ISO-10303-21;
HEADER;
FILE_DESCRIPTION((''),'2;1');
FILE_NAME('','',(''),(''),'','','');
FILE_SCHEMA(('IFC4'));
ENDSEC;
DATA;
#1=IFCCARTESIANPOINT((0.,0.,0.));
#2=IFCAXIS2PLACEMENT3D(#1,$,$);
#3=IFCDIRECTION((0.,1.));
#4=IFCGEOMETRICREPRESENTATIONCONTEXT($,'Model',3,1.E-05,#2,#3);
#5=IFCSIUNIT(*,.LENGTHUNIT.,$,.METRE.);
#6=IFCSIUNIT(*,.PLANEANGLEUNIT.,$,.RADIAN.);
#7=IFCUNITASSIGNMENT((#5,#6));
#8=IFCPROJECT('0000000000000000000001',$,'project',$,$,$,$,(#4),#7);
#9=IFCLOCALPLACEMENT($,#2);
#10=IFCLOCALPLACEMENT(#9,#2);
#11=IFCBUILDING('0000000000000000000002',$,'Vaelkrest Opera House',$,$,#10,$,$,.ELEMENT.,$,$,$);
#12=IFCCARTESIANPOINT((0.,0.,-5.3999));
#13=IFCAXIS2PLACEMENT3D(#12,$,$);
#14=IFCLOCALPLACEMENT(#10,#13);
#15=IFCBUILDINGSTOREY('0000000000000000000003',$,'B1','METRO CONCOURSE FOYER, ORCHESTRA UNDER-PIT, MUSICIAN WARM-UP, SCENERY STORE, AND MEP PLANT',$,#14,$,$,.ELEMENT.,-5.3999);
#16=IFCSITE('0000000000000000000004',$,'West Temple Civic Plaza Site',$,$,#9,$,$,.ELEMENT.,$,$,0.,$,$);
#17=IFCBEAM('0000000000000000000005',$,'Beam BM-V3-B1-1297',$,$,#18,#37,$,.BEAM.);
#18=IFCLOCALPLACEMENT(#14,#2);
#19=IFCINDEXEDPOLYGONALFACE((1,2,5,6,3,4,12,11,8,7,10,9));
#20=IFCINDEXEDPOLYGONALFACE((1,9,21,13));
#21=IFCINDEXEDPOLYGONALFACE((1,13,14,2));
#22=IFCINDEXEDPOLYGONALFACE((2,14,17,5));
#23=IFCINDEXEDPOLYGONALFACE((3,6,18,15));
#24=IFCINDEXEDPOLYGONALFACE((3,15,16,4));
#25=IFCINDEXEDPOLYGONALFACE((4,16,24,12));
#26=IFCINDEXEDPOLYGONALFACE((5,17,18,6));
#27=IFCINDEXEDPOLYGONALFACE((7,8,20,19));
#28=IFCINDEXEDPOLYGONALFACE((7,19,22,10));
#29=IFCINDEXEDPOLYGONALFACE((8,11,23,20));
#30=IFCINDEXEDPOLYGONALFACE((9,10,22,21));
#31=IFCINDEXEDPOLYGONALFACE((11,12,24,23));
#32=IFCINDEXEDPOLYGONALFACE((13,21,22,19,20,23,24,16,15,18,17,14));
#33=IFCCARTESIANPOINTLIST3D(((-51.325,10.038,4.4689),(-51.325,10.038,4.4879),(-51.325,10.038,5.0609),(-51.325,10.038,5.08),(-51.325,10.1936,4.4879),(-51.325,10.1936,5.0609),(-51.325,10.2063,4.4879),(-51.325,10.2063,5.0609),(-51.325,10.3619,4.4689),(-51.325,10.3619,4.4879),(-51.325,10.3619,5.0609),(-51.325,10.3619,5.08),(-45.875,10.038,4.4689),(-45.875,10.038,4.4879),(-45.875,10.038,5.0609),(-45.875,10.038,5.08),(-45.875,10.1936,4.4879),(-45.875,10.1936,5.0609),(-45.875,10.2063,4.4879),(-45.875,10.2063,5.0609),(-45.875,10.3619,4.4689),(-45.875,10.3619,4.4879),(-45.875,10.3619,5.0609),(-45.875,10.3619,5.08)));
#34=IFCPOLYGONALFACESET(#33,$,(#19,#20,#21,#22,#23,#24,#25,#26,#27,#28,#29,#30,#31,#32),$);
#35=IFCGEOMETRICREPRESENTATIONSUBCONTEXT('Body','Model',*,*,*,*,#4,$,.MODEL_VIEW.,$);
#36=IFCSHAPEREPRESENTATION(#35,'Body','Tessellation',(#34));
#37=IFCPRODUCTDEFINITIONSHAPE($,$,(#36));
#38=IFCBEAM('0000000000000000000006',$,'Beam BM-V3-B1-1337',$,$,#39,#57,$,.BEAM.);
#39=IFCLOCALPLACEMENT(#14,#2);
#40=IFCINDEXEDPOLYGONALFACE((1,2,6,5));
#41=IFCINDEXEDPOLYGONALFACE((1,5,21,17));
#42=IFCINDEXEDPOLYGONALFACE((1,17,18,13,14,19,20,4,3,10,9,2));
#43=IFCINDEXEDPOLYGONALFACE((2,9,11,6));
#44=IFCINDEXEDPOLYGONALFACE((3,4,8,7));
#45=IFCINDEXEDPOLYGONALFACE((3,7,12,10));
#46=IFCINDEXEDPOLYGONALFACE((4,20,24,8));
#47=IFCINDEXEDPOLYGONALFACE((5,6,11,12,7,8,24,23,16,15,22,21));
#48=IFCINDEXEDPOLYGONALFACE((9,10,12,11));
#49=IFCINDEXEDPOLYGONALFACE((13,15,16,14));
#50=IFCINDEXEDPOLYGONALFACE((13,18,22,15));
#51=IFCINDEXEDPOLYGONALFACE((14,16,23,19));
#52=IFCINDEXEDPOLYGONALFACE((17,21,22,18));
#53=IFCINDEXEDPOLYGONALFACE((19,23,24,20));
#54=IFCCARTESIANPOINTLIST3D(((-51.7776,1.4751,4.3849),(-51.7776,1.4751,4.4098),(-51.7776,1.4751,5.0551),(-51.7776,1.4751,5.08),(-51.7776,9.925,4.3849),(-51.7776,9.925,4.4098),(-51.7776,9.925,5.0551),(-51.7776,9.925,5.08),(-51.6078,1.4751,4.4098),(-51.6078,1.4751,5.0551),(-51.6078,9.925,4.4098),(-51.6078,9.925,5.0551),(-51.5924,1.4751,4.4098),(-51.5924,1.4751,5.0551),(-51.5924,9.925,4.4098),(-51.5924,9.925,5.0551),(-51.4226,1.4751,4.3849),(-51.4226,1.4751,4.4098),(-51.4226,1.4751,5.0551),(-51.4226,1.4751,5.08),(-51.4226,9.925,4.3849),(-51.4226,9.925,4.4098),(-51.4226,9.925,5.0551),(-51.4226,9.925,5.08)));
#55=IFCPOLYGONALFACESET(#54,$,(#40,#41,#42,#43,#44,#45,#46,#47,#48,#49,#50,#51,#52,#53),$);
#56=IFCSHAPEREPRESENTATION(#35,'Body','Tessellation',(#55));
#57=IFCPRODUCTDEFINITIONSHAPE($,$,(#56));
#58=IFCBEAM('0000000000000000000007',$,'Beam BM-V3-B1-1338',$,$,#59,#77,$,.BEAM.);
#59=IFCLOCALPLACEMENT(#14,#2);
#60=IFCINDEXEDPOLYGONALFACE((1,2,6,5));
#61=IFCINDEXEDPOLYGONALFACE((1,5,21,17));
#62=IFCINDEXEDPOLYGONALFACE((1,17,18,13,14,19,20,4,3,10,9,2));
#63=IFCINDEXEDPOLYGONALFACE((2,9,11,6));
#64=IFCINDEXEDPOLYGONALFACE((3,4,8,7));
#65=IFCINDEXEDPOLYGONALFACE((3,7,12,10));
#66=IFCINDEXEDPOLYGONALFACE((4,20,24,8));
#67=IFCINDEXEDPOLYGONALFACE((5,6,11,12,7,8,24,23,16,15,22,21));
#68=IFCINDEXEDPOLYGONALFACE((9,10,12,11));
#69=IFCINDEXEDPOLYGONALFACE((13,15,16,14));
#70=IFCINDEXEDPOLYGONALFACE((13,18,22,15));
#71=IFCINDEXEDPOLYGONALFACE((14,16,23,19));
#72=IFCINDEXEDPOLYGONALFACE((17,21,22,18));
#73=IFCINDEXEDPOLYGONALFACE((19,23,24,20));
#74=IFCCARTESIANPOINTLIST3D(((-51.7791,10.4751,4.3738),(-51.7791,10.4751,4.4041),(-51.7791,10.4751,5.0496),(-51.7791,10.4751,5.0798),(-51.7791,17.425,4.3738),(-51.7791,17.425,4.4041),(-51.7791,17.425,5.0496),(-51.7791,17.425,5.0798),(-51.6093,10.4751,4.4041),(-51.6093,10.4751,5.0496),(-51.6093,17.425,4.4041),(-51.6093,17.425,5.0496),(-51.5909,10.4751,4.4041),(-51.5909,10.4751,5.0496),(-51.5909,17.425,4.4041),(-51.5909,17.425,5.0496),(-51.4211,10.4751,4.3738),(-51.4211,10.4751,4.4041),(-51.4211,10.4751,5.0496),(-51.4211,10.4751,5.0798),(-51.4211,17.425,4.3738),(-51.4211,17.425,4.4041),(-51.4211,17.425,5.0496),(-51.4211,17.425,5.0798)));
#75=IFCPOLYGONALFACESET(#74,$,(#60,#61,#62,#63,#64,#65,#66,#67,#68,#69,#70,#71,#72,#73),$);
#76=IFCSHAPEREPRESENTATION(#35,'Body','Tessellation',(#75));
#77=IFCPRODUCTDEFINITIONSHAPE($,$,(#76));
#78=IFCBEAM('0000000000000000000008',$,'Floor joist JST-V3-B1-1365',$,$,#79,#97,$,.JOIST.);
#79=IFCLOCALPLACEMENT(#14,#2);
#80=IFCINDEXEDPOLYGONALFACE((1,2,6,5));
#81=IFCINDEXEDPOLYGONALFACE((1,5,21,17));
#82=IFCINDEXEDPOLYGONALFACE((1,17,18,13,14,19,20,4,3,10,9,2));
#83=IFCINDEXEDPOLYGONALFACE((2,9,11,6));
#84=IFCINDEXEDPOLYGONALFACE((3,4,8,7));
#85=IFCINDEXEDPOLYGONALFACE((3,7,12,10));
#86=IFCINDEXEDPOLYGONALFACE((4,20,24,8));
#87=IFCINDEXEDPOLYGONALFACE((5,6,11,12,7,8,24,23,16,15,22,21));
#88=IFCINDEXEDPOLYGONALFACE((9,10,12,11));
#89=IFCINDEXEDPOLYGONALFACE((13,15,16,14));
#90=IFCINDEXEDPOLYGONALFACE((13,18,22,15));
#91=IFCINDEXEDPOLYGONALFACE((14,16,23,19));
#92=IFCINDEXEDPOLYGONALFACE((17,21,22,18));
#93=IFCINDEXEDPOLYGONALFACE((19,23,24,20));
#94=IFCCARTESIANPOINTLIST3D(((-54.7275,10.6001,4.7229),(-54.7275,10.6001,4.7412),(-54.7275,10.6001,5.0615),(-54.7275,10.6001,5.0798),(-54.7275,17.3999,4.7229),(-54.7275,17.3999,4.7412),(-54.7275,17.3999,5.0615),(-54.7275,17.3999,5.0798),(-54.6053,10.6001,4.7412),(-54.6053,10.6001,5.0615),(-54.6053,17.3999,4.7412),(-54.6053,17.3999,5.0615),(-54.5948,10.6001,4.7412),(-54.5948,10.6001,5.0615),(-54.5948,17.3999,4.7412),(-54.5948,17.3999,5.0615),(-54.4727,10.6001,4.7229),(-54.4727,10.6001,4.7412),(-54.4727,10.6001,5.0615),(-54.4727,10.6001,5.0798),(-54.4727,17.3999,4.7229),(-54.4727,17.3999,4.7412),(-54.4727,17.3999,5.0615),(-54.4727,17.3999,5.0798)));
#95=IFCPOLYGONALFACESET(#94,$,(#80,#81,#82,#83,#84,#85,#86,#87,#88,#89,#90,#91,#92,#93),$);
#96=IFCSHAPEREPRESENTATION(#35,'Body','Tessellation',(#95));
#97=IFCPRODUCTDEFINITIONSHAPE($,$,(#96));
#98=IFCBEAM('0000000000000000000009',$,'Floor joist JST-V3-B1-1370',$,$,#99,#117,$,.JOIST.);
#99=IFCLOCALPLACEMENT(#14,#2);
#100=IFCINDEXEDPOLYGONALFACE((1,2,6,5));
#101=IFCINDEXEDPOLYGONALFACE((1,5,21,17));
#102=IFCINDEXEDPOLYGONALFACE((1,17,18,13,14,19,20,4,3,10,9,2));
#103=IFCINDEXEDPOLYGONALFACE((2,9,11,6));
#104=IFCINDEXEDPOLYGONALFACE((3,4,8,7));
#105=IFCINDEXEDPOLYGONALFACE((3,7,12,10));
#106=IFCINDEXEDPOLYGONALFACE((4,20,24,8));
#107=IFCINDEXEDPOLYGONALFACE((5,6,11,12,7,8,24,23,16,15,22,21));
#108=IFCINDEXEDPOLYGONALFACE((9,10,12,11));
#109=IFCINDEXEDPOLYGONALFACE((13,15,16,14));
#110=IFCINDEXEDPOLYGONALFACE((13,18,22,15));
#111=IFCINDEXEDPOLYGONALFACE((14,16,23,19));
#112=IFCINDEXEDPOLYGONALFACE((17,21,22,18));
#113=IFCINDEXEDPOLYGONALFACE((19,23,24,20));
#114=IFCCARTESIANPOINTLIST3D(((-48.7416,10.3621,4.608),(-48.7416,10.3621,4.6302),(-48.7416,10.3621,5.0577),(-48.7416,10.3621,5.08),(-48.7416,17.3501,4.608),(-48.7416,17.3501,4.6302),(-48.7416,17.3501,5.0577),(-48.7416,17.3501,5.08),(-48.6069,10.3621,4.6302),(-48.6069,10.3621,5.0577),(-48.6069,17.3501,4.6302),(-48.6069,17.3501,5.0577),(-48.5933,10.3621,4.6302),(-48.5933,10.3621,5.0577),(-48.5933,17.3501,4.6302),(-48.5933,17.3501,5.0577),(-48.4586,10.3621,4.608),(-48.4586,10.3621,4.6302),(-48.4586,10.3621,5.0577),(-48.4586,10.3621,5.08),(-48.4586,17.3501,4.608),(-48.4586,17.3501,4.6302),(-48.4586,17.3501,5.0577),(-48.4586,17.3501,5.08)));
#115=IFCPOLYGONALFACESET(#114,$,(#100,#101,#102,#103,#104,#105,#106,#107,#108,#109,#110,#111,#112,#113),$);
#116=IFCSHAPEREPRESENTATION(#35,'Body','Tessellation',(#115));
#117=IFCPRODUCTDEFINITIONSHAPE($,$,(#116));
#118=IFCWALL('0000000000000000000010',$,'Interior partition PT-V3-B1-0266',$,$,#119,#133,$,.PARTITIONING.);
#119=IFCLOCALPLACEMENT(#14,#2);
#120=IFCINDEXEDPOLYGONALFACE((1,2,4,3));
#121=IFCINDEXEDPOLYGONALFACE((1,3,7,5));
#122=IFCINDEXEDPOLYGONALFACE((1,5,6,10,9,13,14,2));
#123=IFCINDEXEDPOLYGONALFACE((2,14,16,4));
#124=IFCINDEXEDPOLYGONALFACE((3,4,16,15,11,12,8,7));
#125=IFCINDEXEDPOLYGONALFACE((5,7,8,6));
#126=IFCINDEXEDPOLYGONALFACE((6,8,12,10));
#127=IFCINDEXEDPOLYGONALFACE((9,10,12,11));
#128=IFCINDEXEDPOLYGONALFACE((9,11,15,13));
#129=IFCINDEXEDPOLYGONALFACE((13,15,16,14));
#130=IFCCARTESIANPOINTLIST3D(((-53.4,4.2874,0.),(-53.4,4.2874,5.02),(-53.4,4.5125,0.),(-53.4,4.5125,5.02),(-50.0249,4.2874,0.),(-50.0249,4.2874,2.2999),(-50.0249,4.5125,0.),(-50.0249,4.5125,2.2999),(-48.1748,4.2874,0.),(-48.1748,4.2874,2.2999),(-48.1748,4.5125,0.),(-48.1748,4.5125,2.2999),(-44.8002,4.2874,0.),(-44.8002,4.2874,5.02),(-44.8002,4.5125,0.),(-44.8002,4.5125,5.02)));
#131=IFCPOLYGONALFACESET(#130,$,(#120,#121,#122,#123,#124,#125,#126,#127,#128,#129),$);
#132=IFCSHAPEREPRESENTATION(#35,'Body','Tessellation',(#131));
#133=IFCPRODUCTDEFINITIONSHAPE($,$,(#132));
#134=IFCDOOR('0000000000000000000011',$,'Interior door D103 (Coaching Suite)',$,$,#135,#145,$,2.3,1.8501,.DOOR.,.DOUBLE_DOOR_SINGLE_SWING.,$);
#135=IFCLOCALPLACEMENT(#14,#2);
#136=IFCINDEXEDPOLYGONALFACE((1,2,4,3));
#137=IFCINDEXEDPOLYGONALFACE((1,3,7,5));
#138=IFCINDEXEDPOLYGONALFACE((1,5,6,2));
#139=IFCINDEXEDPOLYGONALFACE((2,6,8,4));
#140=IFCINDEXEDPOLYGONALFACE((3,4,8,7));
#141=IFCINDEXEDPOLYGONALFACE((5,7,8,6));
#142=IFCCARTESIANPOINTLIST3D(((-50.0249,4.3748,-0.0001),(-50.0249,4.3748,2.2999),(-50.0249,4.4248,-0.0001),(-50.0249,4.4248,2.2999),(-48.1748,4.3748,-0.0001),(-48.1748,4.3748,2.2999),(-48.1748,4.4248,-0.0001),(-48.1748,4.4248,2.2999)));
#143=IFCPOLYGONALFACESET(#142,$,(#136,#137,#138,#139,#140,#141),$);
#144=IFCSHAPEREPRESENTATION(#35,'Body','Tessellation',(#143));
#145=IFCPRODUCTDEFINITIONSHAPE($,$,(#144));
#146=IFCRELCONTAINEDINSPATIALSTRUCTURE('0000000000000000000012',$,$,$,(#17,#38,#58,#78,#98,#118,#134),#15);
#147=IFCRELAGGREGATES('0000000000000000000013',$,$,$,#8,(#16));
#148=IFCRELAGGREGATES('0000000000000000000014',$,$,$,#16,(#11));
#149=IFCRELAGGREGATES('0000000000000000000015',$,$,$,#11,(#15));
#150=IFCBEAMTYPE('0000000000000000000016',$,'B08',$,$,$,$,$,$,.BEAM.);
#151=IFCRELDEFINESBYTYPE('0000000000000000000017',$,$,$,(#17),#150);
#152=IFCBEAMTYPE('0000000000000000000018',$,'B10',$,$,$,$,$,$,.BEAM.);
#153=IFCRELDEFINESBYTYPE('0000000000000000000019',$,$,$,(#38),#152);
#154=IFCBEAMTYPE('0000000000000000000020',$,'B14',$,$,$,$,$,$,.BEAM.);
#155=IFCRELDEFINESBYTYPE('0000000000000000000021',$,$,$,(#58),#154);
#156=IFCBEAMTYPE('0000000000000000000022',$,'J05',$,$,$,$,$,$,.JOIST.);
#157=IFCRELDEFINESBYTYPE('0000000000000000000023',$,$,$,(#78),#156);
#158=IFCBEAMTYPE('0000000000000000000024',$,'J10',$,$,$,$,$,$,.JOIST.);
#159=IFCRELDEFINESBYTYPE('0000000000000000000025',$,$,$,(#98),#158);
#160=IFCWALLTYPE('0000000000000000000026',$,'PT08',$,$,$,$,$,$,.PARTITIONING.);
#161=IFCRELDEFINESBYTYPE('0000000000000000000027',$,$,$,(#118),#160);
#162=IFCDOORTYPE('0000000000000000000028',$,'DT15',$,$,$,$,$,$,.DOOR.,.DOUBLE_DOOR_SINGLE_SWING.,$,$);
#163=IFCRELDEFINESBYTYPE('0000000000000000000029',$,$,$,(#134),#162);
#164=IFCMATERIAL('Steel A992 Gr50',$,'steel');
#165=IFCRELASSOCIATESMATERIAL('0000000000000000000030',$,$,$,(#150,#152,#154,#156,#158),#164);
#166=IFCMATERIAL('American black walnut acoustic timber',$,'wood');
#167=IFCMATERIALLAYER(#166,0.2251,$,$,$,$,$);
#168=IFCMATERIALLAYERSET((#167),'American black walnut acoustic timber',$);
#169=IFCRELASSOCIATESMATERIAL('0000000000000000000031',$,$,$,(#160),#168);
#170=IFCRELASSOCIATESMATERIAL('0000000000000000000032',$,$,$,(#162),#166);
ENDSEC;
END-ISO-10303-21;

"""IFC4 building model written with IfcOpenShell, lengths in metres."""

from ifc_helpers import new_model, si_unit, direction, frame, frame_2d, origin, origin_2d, place, context, subcontext, project, spatial, rectangle, i_section, extrude, material, layer, layer_set, material_profile, profile_set, type_object, element, fill, save


model = new_model("IFC4")

# Units and contexts
model_context = context("Model", 3, precision=1e-05, world=origin(), true_north=direction((0.0, 1.0)))
body_context = subcontext(model_context, "Body", "Model", "MODEL_VIEW")
ifc_project = project(units=[si_unit("LENGTHUNIT", "METRE"), si_unit("PLANEANGLEUNIT", "RADIAN")], contexts=[model_context])

# Site, building, storey
site_placement = place(None, origin())
site = spatial("IfcSite", under=ifc_project, at=site_placement, Name="West Temple Civic Plaza Site", CompositionType="ELEMENT", RefElevation=0.0)
building_placement = place(site_placement, origin())
building = spatial("IfcBuilding", under=site, at=building_placement, Name="Vaelkrest Opera House", CompositionType="ELEMENT")
storey_placement = place(building_placement, frame((0.0, 0.0, -5.3999)))
storey = spatial("IfcBuildingStorey", under=building, at=storey_placement, Name="B1", Description="METRO CONCOURSE FOYER, ORCHESTRA UNDER-PIT, MUSICIAN WARM-UP, SCENERY STORE, AND MEP PLANT", CompositionType="ELEMENT", Elevation=-5.3999)

# Beams
ifc_material_1 = material(Name="Steel A992 Gr50", Category="steel")
ifc_material_profile_1 = material_profile(ifc_material_1, i_section(OverallWidth=0.324, OverallDepth=0.6111, WebThickness=0.0127, FlangeThickness=0.019, at=origin_2d()), Name="W24X104")
ifc_profile_set_1 = profile_set([ifc_material_profile_1], Name="Steel A992 Gr50")
beam_type_1 = type_object("IfcBeamType", Name="B08", PredefinedType="BEAM", material=ifc_profile_set_1)
beam_1_placement = place(storey_placement, frame((-51.325, 10.2, 4.7744), z_axis=(1.0, 0.0, 0.0), x_axis=(0.0, 1.0, 0.0)))
element("IfcBeam", 1, at=beam_1_placement, inside=storey, type_object=beam_type_1, Name="Beam BM-V3-B1-1297", PredefinedType="BEAM", context=body_context, shape_type="SweptSolid", body=[
    extrude(i_section(OverallWidth=0.324, OverallDepth=0.6111, WebThickness=0.0127, FlangeThickness=0.019, at=origin_2d()), origin(), (0.0, 0.0, 1.0), 5.45),
])
ifc_material_profile_2 = material_profile(ifc_material_1, i_section(OverallWidth=0.355, OverallDepth=0.6951, WebThickness=0.0154, FlangeThickness=0.0249, at=origin_2d()), Name="W27X146")
ifc_profile_set_2 = profile_set([ifc_material_profile_2], Name="Steel A992 Gr50")
beam_type_2 = type_object("IfcBeamType", Name="B10", PredefinedType="BEAM", material=ifc_profile_set_2)
beam_2_placement = place(storey_placement, frame((-51.6001, 1.4751, 4.7324), z_axis=(0.0, 1.0, 0.0), x_axis=(-1.0, 0.0, 0.0)))
element("IfcBeam", 2, at=beam_2_placement, inside=storey, type_object=beam_type_2, Name="Beam BM-V3-B1-1337", PredefinedType="BEAM", context=body_context, shape_type="SweptSolid", body=[
    extrude(i_section(OverallWidth=0.355, OverallDepth=0.6951, WebThickness=0.0154, FlangeThickness=0.0249, at=origin_2d()), origin(), (0.0, 0.0, 1.0), 8.45),
])
ifc_material_profile_3 = material_profile(ifc_material_1, i_section(OverallWidth=0.3579, OverallDepth=0.7061, WebThickness=0.0183, FlangeThickness=0.0303, at=origin_2d()), Name="W27X178")
ifc_profile_set_3 = profile_set([ifc_material_profile_3], Name="Steel A992 Gr50")
beam_type_3 = type_object("IfcBeamType", Name="B14", PredefinedType="BEAM", material=ifc_profile_set_3)
beam_3_placement = place(storey_placement, frame((-51.6001, 10.4751, 4.7268), z_axis=(0.0, 1.0, 0.0), x_axis=(-1.0, 0.0, 0.0)))
element("IfcBeam", 3, at=beam_3_placement, inside=storey, type_object=beam_type_3, Name="Beam BM-V3-B1-1338", PredefinedType="BEAM", context=body_context, shape_type="SweptSolid", body=[
    extrude(i_section(OverallWidth=0.3579, OverallDepth=0.7061, WebThickness=0.0183, FlangeThickness=0.0303, at=origin_2d()), origin(), (0.0, 0.0, 1.0), 6.95),
])
ifc_material_profile_4 = material_profile(ifc_material_1, i_section(OverallWidth=0.2549, OverallDepth=0.3569, WebThickness=0.0105, FlangeThickness=0.0183, at=origin_2d()), Name="W14X68")
ifc_profile_set_4 = profile_set([ifc_material_profile_4], Name="Steel A992 Gr50")
beam_type_4 = type_object("IfcBeamType", Name="J05", PredefinedType="JOIST", material=ifc_profile_set_4)
beam_4_placement = place(storey_placement, frame((-54.6001, 10.6001, 4.9014), z_axis=(0.0, 1.0, 0.0), x_axis=(-1.0, 0.0, 0.0)))
element("IfcBeam", 4, at=beam_4_placement, inside=storey, type_object=beam_type_4, Name="Floor joist JST-V3-B1-1365", PredefinedType="JOIST", context=body_context, shape_type="SweptSolid", body=[
    extrude(i_section(OverallWidth=0.2549, OverallDepth=0.3569, WebThickness=0.0105, FlangeThickness=0.0183, at=origin_2d()), origin(), (0.0, 0.0, 1.0), 6.7998),
])
ifc_material_profile_5 = material_profile(ifc_material_1, i_section(OverallWidth=0.283, OverallDepth=0.4719, WebThickness=0.0137, FlangeThickness=0.0222, at=origin_2d()), Name="W18X97")
ifc_profile_set_5 = profile_set([ifc_material_profile_5], Name="Steel A992 Gr50")
beam_type_5 = type_object("IfcBeamType", Name="J10", PredefinedType="JOIST", material=ifc_profile_set_5)
beam_5_placement = place(storey_placement, frame((-48.6001, 10.3621, 4.844), z_axis=(0.0, 1.0, 0.0), x_axis=(-1.0, 0.0, 0.0)))
element("IfcBeam", 5, at=beam_5_placement, inside=storey, type_object=beam_type_5, Name="Floor joist JST-V3-B1-1370", PredefinedType="JOIST", context=body_context, shape_type="SweptSolid", body=[
    extrude(i_section(OverallWidth=0.283, OverallDepth=0.4719, WebThickness=0.0137, FlangeThickness=0.0222, at=origin_2d()), origin(), (0.0, 0.0, 1.0), 6.988),
])

# Wall, opening, door
ifc_material_2 = material(Name="American black walnut acoustic timber", Category="wood")
ifc_layer = layer(ifc_material_2, 0.2251)
ifc_layer_set = layer_set([ifc_layer], Name="American black walnut acoustic timber")
wall_type = type_object("IfcWallType", Name="PT08", PredefinedType="PARTITIONING", material=ifc_layer_set)
wall_placement = place(storey_placement, frame((-53.3999, 4.3999, 0.0), z_axis=(0.0, 0.0, 1.0), x_axis=(1.0, 0.0, 0.0)))
wall = element("IfcWall", 6, at=wall_placement, inside=storey, type_object=wall_type, Name="Interior partition PT-V3-B1-0266", PredefinedType="PARTITIONING", context=body_context, shape_type="SweptSolid", body=[
    extrude(rectangle(XDim=8.5999, YDim=0.2251, at=frame_2d((4.2998, 0.0))), origin(), (0.0, 0.0, 1.0), 5.02),
])
opening_placement = place(wall_placement, frame((3.375, 0.0, 0.0)))
opening = element("IfcOpeningElement", 7, at=opening_placement, cuts=wall, PredefinedType="OPENING", context=body_context, shape_type="SweptSolid", body=[
    extrude(rectangle(XDim=1.8501, YDim=2.3, at=frame_2d((0.925, 1.1499))), frame((0.0, 0.1226, 0.0), z_axis=(0.0, -1.0, 0.0), x_axis=(1.0, 0.0, 0.0)), (0.0, 0.0, 1.0), 0.2451),
])
door_type = type_object("IfcDoorType", Name="DT15", OperationType="DOUBLE_DOOR_SINGLE_SWING", PredefinedType="DOOR", material=ifc_material_2)
door_placement = place(opening_placement, origin())
door = element("IfcDoor", 8, at=door_placement, inside=storey, type_object=door_type, Name="Interior door D103 (Coaching Suite)", OperationType="DOUBLE_DOOR_SINGLE_SWING", OverallHeight=2.3, OverallWidth=1.8501, PredefinedType="DOOR", context=body_context, shape_type="SweptSolid", body=[
    extrude(rectangle(XDim=1.8501, YDim=2.3, at=frame_2d((0.925, 1.1499))), frame((0.0, 0.0249, 0.0), z_axis=(0.0, -1.0, 0.0), x_axis=(1.0, 0.0, 0.0)), (0.0, 0.0, 1.0), 0.05),
])
fill(opening, door)

save(model, "model.ifc")
